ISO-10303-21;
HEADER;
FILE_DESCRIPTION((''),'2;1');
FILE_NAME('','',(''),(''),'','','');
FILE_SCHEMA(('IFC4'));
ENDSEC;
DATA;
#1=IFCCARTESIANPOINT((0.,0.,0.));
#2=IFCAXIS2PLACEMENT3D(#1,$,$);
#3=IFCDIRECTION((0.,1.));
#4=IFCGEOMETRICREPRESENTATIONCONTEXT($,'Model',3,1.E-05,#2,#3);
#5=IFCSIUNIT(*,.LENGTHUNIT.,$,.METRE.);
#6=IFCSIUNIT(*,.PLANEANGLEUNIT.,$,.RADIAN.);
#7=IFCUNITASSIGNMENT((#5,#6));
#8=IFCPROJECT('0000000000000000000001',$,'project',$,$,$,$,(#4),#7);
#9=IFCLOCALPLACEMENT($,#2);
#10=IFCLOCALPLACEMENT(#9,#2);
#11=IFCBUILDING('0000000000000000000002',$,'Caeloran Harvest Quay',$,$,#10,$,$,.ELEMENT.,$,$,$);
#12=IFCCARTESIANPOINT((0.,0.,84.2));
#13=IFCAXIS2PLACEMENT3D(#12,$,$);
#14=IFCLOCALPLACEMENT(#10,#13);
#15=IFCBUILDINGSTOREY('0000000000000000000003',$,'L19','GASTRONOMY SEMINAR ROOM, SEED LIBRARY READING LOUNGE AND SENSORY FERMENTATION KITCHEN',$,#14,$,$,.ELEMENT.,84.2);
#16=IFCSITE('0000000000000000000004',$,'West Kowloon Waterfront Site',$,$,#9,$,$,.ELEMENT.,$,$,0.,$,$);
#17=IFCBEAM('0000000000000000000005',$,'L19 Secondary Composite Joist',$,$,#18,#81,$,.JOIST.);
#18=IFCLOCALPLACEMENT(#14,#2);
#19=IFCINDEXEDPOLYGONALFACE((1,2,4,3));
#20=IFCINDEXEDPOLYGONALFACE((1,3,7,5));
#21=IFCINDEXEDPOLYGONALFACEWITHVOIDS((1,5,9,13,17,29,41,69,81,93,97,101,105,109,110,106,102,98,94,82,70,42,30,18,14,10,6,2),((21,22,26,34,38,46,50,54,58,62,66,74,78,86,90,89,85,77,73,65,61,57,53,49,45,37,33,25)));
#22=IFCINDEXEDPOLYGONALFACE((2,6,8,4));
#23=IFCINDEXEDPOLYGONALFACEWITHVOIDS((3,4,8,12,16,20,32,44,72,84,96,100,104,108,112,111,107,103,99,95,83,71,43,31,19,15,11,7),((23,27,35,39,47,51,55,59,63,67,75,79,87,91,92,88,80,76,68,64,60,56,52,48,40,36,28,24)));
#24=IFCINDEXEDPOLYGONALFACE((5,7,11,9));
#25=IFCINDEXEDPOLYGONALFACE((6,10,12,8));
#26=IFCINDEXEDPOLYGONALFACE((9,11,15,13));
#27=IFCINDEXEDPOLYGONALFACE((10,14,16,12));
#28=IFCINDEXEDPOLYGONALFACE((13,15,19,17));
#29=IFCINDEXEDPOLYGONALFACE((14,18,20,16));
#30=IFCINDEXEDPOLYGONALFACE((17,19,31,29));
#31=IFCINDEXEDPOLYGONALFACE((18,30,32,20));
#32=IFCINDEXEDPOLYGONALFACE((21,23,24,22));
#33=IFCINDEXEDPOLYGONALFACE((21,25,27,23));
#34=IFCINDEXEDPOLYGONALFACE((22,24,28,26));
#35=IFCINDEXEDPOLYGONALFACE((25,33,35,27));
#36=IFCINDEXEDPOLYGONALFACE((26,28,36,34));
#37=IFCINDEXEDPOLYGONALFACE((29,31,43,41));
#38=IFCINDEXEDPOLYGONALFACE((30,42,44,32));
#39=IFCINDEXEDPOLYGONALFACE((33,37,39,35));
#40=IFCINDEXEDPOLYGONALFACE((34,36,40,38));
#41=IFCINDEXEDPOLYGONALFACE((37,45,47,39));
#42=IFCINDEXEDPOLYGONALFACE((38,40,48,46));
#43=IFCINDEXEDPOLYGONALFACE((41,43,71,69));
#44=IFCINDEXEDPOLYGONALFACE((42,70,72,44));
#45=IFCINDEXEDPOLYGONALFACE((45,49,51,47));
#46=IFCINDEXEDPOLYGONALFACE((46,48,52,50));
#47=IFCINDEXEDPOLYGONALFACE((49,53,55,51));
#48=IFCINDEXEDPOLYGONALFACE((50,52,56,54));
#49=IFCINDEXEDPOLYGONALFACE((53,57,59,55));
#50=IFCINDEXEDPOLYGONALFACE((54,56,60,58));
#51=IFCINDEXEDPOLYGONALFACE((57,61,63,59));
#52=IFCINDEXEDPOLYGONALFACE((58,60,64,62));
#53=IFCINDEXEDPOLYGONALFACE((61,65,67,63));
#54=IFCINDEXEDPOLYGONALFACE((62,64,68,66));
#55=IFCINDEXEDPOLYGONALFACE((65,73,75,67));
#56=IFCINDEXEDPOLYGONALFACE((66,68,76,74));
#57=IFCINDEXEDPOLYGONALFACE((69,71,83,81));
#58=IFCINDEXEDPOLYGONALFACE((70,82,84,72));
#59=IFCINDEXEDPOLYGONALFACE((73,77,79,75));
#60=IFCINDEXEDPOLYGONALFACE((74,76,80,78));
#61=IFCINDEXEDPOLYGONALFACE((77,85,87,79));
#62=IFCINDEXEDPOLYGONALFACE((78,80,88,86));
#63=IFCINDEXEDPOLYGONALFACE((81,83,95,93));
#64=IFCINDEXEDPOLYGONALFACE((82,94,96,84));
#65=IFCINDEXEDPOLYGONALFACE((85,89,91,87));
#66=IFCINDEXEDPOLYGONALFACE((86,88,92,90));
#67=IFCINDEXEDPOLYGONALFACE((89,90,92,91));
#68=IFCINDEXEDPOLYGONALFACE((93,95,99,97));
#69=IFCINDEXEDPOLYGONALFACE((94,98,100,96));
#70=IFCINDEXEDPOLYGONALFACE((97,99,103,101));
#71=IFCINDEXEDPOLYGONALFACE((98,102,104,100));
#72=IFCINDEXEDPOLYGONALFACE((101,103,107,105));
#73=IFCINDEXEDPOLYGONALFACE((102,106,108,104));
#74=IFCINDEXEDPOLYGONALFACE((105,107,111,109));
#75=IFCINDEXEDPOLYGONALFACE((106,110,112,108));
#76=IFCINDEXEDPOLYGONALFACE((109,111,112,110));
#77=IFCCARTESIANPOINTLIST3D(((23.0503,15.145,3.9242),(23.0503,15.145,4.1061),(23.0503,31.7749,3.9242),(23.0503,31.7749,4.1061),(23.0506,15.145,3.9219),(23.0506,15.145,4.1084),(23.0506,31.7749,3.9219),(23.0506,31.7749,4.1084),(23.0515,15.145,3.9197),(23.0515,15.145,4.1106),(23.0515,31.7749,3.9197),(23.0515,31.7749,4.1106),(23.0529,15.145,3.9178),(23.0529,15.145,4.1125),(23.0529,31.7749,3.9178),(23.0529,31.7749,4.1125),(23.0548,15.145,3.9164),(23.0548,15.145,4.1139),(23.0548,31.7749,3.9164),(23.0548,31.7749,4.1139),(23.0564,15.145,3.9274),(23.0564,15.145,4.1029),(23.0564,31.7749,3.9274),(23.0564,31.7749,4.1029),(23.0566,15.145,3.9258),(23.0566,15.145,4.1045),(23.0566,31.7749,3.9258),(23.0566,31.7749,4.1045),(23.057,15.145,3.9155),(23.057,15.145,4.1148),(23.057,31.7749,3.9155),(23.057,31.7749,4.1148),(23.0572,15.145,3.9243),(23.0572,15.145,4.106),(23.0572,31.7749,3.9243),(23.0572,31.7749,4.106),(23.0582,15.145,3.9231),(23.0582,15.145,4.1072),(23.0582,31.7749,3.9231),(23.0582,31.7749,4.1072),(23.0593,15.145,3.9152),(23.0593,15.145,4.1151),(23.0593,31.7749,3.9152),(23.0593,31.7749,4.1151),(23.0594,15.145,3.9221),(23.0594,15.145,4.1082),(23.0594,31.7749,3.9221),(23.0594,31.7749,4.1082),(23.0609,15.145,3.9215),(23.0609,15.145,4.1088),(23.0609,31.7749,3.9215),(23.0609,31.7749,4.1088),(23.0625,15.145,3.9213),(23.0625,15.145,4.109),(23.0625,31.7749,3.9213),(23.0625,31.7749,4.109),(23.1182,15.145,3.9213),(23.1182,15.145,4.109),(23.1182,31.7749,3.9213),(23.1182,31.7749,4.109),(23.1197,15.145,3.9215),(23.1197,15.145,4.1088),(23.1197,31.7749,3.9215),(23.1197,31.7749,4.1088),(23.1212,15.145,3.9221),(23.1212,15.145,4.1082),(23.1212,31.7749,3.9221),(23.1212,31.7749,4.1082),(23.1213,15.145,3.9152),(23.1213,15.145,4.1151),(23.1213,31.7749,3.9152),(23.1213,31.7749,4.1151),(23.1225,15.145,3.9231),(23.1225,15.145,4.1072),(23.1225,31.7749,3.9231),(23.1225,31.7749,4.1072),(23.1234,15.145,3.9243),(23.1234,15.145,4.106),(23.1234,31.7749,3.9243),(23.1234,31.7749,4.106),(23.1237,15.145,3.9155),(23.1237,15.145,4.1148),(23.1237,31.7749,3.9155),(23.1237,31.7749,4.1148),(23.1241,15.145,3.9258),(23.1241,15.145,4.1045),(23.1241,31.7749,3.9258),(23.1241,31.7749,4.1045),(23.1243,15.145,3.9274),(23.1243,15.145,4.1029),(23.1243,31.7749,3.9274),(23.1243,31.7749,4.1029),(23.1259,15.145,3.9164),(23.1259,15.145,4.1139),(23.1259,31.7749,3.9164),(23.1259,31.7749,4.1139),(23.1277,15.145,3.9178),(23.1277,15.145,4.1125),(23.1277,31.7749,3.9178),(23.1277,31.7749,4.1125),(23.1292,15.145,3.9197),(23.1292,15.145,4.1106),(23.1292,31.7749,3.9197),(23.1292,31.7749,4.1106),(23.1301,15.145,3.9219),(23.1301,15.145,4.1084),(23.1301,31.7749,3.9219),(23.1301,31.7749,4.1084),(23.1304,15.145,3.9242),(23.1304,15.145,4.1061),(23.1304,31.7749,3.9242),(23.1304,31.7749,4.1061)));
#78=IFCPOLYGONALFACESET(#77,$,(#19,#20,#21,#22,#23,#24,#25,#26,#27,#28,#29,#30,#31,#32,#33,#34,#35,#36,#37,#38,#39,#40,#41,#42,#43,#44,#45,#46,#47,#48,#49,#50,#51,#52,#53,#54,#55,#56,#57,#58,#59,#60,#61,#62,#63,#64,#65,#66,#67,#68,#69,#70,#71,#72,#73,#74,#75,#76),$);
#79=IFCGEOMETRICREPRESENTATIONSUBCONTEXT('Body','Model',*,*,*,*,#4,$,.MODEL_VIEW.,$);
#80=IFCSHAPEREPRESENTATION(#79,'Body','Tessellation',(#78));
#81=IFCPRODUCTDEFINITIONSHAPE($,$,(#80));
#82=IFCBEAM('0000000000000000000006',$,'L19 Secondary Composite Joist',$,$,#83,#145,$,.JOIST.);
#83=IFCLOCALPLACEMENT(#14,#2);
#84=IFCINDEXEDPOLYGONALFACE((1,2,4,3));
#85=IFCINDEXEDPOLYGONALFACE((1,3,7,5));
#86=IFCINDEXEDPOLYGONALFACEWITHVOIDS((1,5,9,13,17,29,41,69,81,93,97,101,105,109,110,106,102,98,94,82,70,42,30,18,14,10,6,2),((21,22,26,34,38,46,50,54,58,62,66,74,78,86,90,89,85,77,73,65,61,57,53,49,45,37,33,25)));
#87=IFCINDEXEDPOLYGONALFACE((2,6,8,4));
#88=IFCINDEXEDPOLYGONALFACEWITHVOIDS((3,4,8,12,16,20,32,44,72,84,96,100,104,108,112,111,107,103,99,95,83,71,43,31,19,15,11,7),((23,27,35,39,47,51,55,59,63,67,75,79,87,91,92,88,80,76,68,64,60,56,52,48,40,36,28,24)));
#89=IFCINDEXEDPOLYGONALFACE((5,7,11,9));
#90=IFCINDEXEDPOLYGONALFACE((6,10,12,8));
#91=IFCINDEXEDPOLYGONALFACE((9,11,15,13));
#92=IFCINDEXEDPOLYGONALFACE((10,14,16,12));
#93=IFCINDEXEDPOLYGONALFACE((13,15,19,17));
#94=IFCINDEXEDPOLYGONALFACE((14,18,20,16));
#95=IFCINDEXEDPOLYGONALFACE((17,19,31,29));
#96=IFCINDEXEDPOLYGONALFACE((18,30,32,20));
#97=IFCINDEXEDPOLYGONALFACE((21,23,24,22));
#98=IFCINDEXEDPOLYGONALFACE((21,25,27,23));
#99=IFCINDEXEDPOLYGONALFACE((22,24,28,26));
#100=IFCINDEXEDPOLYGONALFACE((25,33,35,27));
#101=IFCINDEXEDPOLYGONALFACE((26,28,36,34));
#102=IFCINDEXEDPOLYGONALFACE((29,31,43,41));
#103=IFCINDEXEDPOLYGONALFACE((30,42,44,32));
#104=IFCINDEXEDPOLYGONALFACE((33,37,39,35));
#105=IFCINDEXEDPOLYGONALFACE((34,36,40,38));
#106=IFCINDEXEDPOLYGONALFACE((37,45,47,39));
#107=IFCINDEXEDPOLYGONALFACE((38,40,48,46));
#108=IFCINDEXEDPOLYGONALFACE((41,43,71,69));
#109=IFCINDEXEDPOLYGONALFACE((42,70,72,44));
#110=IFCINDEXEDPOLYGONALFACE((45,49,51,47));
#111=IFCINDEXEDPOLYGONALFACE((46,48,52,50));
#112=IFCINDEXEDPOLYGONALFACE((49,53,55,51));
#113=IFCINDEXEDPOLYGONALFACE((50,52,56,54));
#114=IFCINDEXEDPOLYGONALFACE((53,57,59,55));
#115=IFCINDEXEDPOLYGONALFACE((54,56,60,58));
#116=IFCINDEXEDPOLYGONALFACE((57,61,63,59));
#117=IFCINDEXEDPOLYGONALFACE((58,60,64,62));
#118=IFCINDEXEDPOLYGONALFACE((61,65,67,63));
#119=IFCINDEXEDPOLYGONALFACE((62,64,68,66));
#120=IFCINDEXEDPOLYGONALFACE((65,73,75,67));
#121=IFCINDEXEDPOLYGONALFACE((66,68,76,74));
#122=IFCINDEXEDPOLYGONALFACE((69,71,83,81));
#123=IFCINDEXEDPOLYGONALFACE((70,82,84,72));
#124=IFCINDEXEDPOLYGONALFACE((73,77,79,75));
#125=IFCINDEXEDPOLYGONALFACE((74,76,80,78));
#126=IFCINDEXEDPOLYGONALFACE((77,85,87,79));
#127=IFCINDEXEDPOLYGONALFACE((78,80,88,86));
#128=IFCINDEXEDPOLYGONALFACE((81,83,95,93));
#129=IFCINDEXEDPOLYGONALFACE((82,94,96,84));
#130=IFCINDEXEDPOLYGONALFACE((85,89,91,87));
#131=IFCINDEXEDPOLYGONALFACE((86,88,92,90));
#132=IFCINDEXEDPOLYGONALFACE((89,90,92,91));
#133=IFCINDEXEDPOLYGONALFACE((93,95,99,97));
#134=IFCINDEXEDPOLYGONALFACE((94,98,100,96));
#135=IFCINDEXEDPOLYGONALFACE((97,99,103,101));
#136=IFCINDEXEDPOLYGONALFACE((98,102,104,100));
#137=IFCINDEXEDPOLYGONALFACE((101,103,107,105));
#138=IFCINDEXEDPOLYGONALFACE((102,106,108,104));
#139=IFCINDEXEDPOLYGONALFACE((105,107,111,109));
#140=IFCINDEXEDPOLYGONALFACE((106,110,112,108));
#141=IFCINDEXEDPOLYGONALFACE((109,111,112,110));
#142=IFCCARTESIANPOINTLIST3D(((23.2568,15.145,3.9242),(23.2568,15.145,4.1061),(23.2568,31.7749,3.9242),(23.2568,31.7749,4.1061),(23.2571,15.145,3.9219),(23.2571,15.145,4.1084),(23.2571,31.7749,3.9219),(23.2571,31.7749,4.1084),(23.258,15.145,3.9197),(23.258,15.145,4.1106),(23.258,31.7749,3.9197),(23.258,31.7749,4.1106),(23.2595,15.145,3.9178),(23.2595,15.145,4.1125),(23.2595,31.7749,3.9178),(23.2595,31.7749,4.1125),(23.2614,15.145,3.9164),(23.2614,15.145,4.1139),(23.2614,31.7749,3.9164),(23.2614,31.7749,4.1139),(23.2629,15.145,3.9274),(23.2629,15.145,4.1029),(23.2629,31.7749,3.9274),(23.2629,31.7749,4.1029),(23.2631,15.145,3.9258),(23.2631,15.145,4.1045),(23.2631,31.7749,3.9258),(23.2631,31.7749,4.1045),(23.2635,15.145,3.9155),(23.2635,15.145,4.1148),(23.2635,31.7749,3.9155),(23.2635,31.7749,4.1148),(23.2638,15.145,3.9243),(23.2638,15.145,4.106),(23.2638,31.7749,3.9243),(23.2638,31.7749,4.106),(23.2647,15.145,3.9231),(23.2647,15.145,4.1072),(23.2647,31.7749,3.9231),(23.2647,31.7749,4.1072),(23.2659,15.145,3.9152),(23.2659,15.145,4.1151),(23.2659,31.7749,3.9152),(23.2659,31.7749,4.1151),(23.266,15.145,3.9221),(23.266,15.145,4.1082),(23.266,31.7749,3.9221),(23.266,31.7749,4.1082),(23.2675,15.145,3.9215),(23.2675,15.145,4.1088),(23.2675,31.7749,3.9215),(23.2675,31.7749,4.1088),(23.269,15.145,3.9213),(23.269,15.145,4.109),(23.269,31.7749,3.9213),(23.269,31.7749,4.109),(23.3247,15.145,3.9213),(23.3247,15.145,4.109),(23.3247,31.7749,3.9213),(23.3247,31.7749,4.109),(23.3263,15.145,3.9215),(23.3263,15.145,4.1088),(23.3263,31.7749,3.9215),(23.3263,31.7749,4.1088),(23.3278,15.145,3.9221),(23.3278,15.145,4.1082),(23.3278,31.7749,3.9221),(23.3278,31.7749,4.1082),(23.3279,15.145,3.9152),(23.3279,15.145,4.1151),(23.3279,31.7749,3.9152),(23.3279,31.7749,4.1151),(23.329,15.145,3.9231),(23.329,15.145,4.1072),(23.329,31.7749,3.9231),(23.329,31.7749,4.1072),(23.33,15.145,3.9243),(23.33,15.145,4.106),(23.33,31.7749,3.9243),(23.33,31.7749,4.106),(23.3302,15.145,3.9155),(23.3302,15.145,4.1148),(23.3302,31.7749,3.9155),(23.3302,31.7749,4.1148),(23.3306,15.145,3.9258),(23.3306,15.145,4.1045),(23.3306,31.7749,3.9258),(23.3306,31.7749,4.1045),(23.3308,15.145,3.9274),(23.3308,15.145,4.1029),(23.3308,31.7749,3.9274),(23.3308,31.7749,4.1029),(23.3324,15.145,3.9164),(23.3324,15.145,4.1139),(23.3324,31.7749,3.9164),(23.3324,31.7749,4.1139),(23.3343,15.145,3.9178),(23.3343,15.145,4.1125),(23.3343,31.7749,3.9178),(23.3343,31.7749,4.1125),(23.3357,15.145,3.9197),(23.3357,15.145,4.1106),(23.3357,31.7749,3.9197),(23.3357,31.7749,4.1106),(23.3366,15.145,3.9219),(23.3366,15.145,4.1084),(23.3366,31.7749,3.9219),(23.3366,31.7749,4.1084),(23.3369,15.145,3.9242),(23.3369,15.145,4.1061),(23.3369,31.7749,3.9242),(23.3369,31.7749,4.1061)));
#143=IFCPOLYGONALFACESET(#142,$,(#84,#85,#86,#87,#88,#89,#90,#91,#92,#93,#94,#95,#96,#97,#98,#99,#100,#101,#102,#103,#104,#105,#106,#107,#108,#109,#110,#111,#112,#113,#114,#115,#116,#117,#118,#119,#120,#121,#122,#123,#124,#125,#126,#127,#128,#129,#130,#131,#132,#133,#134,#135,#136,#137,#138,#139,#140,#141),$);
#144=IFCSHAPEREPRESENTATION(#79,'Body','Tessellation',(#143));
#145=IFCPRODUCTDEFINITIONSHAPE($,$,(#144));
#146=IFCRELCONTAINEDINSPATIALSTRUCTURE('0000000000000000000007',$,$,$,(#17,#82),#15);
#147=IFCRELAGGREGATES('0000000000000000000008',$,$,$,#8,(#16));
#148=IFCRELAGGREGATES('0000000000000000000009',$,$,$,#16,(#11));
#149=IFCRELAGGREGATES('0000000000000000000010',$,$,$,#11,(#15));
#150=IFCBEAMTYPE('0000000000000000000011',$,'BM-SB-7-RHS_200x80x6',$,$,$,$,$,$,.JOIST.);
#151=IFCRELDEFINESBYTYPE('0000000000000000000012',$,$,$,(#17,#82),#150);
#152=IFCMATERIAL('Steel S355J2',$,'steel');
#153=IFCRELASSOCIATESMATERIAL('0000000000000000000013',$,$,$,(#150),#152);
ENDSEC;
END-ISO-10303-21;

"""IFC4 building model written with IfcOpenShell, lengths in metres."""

from ifc_helpers import new_model, si_unit, direction, frame, origin, origin_2d, place, context, subcontext, project, spatial, hollow_rectangle, extrude, material, material_profile, profile_set, type_object, element, save


model = new_model("IFC4")

# Units and contexts
model_context = context("Model", 3, precision=1e-05, world=origin(), true_north=direction((0.0, 1.0)))
body_context = subcontext(model_context, "Body", "Model", "MODEL_VIEW")
ifc_project = project(units=[si_unit("LENGTHUNIT", "METRE"), si_unit("PLANEANGLEUNIT", "RADIAN")], contexts=[model_context])

# Site, building, storey
site_placement = place(None, origin())
site = spatial("IfcSite", under=ifc_project, at=site_placement, Name="West Kowloon Waterfront Site", CompositionType="ELEMENT", RefElevation=0.0)
building_placement = place(site_placement, origin())
building = spatial("IfcBuilding", under=site, at=building_placement, Name="Caeloran Harvest Quay", CompositionType="ELEMENT")
storey_placement = place(building_placement, frame((0.0, 0.0, 84.2)))
storey = spatial("IfcBuildingStorey", under=building, at=storey_placement, Name="L19", Description="GASTRONOMY SEMINAR ROOM, SEED LIBRARY READING LOUNGE AND SENSORY FERMENTATION KITCHEN", CompositionType="ELEMENT", Elevation=84.2)

# Beams
ifc_material_1 = material(Name="Steel S355J2", Category="steel")
ifc_material_profile_1 = material_profile(ifc_material_1, hollow_rectangle(XDim=0.0801, YDim=0.2, WallThickness=0.0061, InnerFilletRadius=0.0061, OuterFilletRadius=0.009, at=origin_2d()), Name="RHS 200x80x6")
ifc_profile_set_1 = profile_set([ifc_material_profile_1], Name="Steel S355J2")
beam_type_1 = type_object("IfcBeamType", Name="BM-SB-7-RHS_200x80x6", PredefinedType="JOIST", material=ifc_profile_set_1)
for number, where, z_axis, x_axis, name in (
    (1, (23.0903, 15.145, 4.0151), (0.0, 1.0, 0.0), (-1.0, 0.0, 0.0), "L19 Secondary Composite Joist"),
    (2, (23.2969, 15.145, 4.0151), (0.0, 1.0, 0.0), (-1.0, 0.0, 0.0), "L19 Secondary Composite Joist"),
):
    element("IfcBeam", number, at=place(storey_placement, frame(where, z_axis=z_axis, x_axis=x_axis)), inside=storey, type_object=beam_type_1, Name=name, PredefinedType="JOIST", context=body_context, shape_type="SweptSolid", body=[
        extrude(hollow_rectangle(XDim=0.0801, YDim=0.2, WallThickness=0.0061, InnerFilletRadius=0.0061, OuterFilletRadius=0.009, at=origin_2d()), origin(), (0.0, 0.0, 1.0), 16.6299),
    ])

save(model, "model.ifc")
